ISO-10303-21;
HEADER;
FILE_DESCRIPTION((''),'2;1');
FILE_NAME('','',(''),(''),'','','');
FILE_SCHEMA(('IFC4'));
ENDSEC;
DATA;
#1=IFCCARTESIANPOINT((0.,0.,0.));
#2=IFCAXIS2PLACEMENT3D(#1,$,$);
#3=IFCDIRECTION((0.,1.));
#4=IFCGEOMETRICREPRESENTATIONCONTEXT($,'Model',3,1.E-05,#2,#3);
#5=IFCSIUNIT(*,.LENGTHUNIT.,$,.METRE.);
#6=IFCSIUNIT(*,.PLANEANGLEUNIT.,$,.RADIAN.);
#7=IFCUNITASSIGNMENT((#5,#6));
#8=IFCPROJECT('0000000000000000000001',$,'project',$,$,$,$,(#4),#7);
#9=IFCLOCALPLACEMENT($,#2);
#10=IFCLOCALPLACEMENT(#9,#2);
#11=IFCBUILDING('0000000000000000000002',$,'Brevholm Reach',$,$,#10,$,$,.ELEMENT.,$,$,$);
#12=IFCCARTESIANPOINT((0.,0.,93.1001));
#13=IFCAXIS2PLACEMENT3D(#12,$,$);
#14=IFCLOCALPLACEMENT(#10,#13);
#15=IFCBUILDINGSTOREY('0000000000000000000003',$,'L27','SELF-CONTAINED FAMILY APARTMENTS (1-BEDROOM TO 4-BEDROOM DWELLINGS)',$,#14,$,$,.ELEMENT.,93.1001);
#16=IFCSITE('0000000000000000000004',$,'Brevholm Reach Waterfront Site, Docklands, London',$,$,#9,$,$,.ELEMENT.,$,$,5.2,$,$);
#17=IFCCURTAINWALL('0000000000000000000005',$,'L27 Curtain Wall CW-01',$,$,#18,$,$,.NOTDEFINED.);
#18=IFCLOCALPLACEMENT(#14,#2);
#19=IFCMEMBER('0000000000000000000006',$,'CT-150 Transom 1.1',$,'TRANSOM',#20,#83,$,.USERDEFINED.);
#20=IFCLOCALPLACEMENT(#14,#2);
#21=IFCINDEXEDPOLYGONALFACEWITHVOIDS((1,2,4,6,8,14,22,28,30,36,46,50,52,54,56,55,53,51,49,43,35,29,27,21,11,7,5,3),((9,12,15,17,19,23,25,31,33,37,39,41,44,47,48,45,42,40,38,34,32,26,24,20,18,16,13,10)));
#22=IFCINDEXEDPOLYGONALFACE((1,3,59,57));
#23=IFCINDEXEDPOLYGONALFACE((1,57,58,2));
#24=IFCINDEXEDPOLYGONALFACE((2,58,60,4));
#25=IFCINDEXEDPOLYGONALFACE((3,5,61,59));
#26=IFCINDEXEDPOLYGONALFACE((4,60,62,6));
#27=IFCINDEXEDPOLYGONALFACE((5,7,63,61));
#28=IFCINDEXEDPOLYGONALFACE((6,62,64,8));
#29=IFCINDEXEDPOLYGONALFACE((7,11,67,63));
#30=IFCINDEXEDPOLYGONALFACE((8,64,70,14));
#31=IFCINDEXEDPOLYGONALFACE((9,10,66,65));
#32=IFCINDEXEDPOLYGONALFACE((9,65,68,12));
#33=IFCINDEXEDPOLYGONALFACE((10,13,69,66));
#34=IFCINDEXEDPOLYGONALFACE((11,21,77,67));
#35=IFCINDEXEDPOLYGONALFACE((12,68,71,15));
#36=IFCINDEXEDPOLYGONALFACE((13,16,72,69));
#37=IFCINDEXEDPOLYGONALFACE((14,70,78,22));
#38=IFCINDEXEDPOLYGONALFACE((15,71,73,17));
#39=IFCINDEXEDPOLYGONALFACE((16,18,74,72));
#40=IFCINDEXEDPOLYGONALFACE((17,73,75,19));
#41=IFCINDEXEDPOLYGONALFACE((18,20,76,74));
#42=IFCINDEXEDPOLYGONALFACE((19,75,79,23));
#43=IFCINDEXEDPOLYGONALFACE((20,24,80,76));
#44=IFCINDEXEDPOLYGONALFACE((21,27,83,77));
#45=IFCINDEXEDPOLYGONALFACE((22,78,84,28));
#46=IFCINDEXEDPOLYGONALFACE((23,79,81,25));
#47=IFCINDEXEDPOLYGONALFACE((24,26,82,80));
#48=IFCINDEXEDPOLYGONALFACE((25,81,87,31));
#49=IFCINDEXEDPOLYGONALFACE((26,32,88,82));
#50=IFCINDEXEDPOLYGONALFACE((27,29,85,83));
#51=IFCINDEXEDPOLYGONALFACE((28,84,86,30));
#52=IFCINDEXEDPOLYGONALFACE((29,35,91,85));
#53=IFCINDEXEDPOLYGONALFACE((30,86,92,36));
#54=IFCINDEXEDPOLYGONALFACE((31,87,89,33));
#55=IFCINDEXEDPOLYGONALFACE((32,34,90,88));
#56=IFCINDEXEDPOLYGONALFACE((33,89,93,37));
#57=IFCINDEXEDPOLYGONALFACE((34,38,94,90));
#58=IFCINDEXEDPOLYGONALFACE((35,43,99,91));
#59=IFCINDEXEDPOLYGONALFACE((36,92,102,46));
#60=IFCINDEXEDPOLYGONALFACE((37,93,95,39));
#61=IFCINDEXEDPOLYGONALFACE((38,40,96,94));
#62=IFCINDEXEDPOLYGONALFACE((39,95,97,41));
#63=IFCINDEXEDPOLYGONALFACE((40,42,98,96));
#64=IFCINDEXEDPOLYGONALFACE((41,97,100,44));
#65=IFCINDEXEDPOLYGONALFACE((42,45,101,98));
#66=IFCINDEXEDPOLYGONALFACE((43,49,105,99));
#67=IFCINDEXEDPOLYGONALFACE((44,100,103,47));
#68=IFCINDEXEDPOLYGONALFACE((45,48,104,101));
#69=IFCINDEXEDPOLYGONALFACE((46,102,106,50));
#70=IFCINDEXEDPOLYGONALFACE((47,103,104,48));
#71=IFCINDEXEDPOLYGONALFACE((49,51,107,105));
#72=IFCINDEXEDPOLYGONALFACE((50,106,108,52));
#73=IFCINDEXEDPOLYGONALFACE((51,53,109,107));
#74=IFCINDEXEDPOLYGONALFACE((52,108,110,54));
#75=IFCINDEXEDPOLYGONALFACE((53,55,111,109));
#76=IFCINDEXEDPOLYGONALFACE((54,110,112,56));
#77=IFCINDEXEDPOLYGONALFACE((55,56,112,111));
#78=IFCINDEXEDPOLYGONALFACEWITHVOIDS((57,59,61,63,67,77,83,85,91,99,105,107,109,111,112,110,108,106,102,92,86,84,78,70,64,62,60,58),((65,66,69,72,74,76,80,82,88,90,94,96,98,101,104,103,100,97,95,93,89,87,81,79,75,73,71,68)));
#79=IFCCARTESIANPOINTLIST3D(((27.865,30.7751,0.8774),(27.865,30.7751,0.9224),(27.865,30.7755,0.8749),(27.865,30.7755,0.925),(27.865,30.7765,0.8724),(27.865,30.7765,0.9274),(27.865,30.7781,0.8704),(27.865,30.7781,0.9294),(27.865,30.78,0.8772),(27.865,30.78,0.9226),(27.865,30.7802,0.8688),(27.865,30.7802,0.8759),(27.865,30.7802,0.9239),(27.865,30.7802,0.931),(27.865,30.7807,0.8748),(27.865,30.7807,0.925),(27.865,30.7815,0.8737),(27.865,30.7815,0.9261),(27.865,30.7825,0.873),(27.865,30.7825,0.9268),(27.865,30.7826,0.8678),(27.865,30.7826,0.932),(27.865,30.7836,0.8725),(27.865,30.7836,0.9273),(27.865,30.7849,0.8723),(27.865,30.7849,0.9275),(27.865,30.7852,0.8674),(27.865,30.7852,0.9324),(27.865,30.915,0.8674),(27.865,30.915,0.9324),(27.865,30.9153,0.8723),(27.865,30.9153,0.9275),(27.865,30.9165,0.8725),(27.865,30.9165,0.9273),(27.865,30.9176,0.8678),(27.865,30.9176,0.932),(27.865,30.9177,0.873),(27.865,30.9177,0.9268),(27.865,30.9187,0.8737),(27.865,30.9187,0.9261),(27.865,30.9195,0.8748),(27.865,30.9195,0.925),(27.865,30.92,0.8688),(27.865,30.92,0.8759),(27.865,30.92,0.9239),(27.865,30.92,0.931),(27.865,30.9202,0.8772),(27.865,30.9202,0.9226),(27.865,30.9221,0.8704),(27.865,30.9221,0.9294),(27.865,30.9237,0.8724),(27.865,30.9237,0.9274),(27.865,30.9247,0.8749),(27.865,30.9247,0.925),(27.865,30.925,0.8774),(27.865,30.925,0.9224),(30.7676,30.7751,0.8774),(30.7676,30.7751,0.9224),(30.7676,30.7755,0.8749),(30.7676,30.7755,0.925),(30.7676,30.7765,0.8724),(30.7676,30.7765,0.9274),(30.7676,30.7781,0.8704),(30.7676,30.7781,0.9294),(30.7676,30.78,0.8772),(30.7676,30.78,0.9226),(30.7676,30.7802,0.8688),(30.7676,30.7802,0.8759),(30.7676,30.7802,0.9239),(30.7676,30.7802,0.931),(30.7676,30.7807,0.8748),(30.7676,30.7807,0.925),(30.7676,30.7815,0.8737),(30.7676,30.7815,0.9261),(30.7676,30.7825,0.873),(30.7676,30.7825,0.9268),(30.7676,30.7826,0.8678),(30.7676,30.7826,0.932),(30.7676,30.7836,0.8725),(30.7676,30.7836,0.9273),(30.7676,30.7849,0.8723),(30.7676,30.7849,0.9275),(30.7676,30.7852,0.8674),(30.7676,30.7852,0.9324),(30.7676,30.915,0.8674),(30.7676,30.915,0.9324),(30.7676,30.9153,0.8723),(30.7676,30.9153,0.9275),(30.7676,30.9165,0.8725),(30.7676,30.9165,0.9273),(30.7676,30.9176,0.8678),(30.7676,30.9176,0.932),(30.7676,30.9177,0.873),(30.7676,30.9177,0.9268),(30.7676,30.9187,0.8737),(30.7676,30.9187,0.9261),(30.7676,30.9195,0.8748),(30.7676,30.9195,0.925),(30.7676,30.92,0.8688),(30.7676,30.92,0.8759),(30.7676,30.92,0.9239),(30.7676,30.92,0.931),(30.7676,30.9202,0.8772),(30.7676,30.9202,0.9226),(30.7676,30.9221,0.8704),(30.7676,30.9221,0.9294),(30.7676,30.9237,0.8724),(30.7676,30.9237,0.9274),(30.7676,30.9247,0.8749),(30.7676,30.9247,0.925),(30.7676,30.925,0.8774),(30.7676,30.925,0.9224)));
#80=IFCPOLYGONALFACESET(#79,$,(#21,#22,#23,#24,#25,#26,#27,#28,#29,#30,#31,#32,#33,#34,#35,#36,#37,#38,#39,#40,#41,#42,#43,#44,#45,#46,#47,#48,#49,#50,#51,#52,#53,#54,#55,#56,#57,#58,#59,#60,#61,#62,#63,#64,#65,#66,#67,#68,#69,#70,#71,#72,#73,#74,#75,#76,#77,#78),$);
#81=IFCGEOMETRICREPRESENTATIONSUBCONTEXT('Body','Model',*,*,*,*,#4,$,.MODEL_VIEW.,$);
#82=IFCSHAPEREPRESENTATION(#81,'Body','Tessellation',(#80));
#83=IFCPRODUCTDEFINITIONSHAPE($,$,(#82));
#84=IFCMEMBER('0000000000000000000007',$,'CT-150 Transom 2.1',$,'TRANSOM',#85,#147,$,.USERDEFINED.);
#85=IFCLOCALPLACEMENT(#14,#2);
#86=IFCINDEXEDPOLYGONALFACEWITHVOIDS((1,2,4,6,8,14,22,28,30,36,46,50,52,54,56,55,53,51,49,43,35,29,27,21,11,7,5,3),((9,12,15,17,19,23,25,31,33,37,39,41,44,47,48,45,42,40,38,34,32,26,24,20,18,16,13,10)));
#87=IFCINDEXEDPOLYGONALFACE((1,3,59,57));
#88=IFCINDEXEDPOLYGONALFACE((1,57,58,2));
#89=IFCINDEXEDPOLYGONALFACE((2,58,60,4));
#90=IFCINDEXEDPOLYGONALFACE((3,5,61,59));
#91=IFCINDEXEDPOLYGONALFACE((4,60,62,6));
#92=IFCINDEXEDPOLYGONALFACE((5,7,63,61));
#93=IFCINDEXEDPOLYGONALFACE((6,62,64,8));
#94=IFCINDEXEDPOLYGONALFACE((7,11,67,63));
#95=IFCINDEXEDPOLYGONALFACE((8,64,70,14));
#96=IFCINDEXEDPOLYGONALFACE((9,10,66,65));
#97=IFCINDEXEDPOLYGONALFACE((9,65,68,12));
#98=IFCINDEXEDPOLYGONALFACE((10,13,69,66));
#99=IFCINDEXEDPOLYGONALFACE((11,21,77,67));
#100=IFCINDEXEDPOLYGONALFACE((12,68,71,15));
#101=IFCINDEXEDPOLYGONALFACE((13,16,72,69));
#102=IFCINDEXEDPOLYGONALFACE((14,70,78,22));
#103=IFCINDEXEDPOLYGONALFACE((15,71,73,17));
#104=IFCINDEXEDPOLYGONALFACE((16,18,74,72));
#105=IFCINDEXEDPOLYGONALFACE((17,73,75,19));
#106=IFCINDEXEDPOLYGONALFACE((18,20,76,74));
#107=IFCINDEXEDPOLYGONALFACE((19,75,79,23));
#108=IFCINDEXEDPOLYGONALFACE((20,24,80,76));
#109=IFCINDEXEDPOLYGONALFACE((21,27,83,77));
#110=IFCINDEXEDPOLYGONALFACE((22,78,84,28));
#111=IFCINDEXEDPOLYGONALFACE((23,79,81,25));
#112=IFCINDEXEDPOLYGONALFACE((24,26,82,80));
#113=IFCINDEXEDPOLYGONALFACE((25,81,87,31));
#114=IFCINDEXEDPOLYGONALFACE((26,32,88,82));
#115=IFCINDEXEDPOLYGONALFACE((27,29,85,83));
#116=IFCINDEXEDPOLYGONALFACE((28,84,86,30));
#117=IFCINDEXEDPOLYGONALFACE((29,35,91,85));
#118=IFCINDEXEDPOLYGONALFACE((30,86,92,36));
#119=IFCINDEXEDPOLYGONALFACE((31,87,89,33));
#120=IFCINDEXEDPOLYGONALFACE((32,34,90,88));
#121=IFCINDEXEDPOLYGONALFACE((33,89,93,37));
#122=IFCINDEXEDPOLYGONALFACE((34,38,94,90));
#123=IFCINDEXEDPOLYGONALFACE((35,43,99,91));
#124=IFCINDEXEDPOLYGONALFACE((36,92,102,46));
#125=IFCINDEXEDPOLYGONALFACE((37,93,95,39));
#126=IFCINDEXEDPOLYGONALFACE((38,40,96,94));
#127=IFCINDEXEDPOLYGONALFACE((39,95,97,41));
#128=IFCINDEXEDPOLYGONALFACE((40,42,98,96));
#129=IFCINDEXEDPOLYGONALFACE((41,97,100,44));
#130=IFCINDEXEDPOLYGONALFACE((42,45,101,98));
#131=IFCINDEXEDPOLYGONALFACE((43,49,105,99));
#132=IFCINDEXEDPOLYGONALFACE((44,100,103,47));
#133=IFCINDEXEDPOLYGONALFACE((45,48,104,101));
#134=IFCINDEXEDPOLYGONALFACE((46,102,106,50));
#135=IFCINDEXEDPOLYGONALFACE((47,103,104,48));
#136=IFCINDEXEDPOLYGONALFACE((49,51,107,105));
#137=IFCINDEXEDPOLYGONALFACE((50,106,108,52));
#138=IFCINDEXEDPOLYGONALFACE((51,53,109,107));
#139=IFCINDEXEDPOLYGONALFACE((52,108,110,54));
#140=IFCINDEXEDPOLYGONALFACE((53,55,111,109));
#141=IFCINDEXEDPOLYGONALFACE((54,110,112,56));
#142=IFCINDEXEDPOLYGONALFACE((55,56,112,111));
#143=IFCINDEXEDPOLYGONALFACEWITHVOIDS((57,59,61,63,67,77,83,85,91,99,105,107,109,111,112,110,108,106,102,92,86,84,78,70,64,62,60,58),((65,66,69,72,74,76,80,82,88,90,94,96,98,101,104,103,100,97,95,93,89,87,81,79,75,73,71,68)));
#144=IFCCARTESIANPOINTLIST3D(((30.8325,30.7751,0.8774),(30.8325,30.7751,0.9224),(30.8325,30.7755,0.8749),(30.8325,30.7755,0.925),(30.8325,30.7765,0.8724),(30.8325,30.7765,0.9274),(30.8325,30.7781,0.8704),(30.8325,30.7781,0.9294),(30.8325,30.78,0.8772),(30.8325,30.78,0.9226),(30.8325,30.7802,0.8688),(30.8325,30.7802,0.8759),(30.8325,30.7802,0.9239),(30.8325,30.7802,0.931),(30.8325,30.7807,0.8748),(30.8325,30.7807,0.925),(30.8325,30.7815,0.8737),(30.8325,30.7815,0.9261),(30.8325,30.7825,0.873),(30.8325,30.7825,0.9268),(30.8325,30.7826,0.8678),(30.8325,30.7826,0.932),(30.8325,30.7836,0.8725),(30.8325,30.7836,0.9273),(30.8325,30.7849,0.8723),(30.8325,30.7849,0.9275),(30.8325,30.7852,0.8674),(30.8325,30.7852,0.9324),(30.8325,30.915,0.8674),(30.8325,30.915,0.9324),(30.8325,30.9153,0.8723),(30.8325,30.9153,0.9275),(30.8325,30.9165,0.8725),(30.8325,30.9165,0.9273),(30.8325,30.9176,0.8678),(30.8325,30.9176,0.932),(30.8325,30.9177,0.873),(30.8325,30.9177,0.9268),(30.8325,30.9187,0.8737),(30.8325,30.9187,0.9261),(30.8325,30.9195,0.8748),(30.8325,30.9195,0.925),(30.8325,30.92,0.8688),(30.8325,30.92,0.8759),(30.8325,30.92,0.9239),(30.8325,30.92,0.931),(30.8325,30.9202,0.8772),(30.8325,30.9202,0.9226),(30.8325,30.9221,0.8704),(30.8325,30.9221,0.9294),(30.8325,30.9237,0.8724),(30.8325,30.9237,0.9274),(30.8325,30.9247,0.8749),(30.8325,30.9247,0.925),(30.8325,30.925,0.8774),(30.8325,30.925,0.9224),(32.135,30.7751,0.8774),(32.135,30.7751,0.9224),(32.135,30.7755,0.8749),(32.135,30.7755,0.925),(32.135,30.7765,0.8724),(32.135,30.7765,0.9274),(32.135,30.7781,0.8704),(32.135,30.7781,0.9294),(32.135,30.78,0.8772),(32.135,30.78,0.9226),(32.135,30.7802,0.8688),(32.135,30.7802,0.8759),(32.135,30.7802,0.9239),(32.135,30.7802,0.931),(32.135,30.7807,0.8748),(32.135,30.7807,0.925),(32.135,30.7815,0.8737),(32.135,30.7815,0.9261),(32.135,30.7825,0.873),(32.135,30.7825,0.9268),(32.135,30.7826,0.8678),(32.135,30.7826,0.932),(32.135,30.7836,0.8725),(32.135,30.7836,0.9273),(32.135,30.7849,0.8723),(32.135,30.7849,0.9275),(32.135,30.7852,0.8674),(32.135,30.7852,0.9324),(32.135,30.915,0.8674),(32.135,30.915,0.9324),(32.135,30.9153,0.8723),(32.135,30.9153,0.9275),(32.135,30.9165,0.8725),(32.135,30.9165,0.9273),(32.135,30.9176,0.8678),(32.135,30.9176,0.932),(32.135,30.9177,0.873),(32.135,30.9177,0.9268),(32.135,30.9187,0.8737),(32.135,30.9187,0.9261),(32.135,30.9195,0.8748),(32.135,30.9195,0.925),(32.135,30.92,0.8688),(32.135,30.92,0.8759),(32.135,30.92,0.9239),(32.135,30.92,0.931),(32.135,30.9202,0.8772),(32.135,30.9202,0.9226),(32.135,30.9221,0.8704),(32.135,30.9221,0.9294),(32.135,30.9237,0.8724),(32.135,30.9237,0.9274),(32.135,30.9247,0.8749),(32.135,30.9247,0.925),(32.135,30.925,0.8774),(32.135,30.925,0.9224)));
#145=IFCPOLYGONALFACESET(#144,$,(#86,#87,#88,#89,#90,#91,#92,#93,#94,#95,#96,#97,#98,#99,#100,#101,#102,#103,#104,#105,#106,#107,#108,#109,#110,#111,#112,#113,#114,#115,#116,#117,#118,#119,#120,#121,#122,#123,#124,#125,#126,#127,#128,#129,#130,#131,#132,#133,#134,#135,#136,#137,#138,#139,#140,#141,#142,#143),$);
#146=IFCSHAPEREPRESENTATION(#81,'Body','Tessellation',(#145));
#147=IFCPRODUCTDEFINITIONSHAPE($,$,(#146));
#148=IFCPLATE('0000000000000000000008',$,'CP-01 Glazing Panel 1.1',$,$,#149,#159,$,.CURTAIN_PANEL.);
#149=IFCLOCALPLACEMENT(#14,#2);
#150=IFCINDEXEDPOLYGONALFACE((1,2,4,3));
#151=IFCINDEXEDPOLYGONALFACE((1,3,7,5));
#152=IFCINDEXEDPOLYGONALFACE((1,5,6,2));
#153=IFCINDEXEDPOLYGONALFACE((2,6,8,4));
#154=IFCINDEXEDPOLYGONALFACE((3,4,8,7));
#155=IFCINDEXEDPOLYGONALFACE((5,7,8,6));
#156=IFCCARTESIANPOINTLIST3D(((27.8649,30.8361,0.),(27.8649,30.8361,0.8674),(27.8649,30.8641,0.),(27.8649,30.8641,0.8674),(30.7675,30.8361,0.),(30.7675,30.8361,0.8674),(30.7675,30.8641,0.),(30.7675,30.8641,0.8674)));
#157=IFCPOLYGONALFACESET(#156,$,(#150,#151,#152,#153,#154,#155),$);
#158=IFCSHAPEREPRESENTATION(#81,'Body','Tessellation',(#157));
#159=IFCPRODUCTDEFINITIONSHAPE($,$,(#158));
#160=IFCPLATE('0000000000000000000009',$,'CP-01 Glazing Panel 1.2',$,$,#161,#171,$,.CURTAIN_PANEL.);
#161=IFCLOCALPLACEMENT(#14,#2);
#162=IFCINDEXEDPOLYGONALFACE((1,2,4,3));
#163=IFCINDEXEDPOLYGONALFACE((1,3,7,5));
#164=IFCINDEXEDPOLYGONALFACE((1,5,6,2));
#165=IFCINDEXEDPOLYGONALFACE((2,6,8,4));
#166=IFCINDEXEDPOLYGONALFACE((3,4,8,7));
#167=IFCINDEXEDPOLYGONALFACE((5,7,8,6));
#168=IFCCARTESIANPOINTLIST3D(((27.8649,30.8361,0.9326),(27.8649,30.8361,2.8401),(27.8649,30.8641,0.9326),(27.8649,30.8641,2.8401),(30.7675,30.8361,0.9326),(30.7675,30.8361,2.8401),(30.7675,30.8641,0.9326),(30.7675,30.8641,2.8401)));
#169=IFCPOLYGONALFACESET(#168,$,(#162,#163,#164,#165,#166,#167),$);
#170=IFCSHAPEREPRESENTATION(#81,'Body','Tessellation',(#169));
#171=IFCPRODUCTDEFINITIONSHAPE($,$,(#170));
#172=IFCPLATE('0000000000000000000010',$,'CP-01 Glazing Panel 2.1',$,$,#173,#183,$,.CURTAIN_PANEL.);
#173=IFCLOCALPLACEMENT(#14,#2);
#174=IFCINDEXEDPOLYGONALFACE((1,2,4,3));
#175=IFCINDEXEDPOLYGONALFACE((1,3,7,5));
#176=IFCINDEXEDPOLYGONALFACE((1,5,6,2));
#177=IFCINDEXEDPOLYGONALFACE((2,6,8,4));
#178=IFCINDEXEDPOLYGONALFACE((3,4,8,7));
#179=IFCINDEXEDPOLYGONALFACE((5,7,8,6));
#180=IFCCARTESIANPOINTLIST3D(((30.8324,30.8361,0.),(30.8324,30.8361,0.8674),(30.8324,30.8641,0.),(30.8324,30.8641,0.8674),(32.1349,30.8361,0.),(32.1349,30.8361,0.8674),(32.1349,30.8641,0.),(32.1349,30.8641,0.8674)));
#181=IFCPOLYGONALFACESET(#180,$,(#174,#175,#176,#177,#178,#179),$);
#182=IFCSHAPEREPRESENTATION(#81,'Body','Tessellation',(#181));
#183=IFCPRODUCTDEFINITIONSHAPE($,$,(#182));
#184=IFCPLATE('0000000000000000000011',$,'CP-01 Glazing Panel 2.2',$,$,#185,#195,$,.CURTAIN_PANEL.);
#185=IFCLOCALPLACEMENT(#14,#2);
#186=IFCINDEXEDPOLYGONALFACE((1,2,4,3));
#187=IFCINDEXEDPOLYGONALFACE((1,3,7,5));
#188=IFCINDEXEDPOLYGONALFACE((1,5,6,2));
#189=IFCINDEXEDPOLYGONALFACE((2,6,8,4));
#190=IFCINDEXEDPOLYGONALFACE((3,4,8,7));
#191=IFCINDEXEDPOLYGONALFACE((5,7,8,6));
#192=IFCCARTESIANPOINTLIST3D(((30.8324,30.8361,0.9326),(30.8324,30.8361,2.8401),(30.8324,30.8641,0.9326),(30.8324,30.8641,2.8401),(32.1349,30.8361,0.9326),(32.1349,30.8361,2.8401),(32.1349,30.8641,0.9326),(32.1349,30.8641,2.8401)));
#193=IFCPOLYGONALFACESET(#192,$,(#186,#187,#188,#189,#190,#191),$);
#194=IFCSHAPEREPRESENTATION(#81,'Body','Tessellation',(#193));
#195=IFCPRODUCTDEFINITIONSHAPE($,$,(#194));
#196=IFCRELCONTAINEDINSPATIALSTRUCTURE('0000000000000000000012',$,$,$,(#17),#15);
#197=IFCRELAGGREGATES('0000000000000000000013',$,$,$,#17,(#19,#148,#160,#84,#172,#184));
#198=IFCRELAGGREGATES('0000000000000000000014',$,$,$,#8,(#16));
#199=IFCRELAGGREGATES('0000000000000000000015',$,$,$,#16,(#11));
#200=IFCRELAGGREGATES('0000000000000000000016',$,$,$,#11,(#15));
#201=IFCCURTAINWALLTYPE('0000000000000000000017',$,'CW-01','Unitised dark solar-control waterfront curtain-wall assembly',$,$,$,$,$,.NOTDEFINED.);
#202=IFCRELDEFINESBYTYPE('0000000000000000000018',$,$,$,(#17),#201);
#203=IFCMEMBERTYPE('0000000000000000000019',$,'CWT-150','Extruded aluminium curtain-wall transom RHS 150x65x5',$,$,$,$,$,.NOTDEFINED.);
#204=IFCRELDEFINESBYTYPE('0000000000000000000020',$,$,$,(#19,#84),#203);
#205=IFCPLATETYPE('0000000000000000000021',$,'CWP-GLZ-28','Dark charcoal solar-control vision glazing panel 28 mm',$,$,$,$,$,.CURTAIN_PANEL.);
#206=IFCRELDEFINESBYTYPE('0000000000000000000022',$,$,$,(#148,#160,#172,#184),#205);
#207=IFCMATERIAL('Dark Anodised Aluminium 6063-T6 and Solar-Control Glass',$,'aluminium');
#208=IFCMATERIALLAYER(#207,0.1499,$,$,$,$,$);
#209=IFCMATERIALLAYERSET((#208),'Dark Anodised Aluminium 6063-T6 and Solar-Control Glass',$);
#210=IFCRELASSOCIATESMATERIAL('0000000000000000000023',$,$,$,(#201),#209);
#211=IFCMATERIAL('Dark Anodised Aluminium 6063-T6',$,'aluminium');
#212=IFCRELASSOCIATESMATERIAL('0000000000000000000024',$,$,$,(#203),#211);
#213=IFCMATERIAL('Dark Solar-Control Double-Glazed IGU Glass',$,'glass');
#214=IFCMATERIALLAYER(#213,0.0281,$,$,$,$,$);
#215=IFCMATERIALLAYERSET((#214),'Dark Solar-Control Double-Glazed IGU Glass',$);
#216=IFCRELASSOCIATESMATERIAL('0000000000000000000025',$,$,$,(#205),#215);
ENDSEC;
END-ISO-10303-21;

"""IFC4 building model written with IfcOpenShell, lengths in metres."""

from ifc_helpers import new_model, si_unit, direction, frame, origin, origin_2d, place, context, subcontext, project, spatial, rectangle, hollow_rectangle, extrude, material, layer, layer_set, material_profile, profile_set, type_object, element, aggregate, save


model = new_model("IFC4")

# Units and contexts
model_context = context("Model", 3, precision=1e-05, world=origin(), true_north=direction((0.0, 1.0)))
body_context = subcontext(model_context, "Body", "Model", "MODEL_VIEW")
ifc_project = project(units=[si_unit("LENGTHUNIT", "METRE"), si_unit("PLANEANGLEUNIT", "RADIAN")], contexts=[model_context])

# Site, building, storey
site_placement = place(None, origin())
site = spatial("IfcSite", under=ifc_project, at=site_placement, Name="Brevholm Reach Waterfront Site, Docklands, London", CompositionType="ELEMENT", RefElevation=5.2)
building_placement = place(site_placement, origin())
building = spatial("IfcBuilding", under=site, at=building_placement, Name="Brevholm Reach", CompositionType="ELEMENT")
storey_placement = place(building_placement, frame((0.0, 0.0, 93.1001)))
storey = spatial("IfcBuildingStorey", under=building, at=storey_placement, Name="L27", Description="SELF-CONTAINED FAMILY APARTMENTS (1-BEDROOM TO 4-BEDROOM DWELLINGS)", CompositionType="ELEMENT", Elevation=93.1001)

# Curtain wall
ifc_material_1 = material(Name="Dark Anodised Aluminium 6063-T6 and Solar-Control Glass", Category="aluminium")
ifc_layer_1 = layer(ifc_material_1, 0.1499)
ifc_layer_set_1 = layer_set([ifc_layer_1], Name="Dark Anodised Aluminium 6063-T6 and Solar-Control Glass")
curtain_wall_type_1 = type_object("IfcCurtainWallType", Name="CW-01", Description="Unitised dark solar-control waterfront curtain-wall assembly", PredefinedType="NOTDEFINED", material=ifc_layer_set_1)
curtain_wall_1_placement = place(storey_placement, origin())
curtain_wall_1 = element("IfcCurtainWall", 1, at=curtain_wall_1_placement, inside=storey, type_object=curtain_wall_type_1, Name="L27 Curtain Wall CW-01", PredefinedType="NOTDEFINED")

# Members
ifc_material_2 = material(Name="Dark Anodised Aluminium 6063-T6", Category="aluminium")
ifc_material_profile_1 = material_profile(ifc_material_2, hollow_rectangle(XDim=0.0649, YDim=0.1499, WallThickness=0.0049, InnerFilletRadius=0.0049, OuterFilletRadius=0.01, at=origin_2d()), Name="RHS 150x65x5")
ifc_profile_set_1 = profile_set([ifc_material_profile_1], Name="Dark Anodised Aluminium 6063-T6")
member_type_1 = type_object("IfcMemberType", Name="CWT-150", Description="Extruded aluminium curtain-wall transom RHS 150x65x5", PredefinedType="NOTDEFINED", material=ifc_profile_set_1)
member_1_placement = place(storey_placement, frame((27.865, 30.8501, 0.8999), z_axis=(1.0, 0.0, 0.0), x_axis=(0.0, 0.0, 1.0)))
member_1 = element("IfcMember", 2, at=member_1_placement, type_object=member_type_1, Name="CT-150 Transom 1.1", ObjectType="TRANSOM", PredefinedType="USERDEFINED", context=body_context, shape_type="SweptSolid", body=[
    extrude(hollow_rectangle(XDim=0.0649, YDim=0.1499, WallThickness=0.0049, InnerFilletRadius=0.0049, OuterFilletRadius=0.01, at=origin_2d()), origin(), (0.0, 0.0, 1.0), 2.9026),
])
member_2_placement = place(storey_placement, frame((30.8325, 30.8501, 0.8999), z_axis=(1.0, 0.0, 0.0), x_axis=(0.0, 0.0, 1.0)))
member_2 = element("IfcMember", 3, at=member_2_placement, type_object=member_type_1, Name="CT-150 Transom 2.1", ObjectType="TRANSOM", PredefinedType="USERDEFINED", context=body_context, shape_type="SweptSolid", body=[
    extrude(hollow_rectangle(XDim=0.0649, YDim=0.1499, WallThickness=0.0049, InnerFilletRadius=0.0049, OuterFilletRadius=0.01, at=origin_2d()), origin(), (0.0, 0.0, 1.0), 1.3025),
])

# Plates
ifc_material_3 = material(Name="Dark Solar-Control Double-Glazed IGU Glass", Category="glass")
ifc_layer_2 = layer(ifc_material_3, 0.0281)
ifc_layer_set_2 = layer_set([ifc_layer_2], Name="Dark Solar-Control Double-Glazed IGU Glass")
plate_type_1 = type_object("IfcPlateType", Name="CWP-GLZ-28", Description="Dark charcoal solar-control vision glazing panel 28 mm", PredefinedType="CURTAIN_PANEL", material=ifc_layer_set_2)
plate_1_placement = place(storey_placement, frame((29.3162, 30.8501, 0.0), z_axis=(0.0, 0.0, 1.0), x_axis=(1.0, 0.0, 0.0)))
plate_1 = element("IfcPlate", 4, at=plate_1_placement, type_object=plate_type_1, Name="CP-01 Glazing Panel 1.1", PredefinedType="CURTAIN_PANEL", context=body_context, shape_type="SweptSolid", body=[
    extrude(rectangle(XDim=2.9026, YDim=0.0281, at=origin_2d()), origin(), (0.0, 0.0, 1.0), 0.8674),
])
plate_2_placement = place(storey_placement, frame((29.3162, 30.8501, 0.9326), z_axis=(0.0, 0.0, 1.0), x_axis=(1.0, 0.0, 0.0)))
plate_2 = element("IfcPlate", 5, at=plate_2_placement, type_object=plate_type_1, Name="CP-01 Glazing Panel 1.2", PredefinedType="CURTAIN_PANEL", context=body_context, shape_type="SweptSolid", body=[
    extrude(rectangle(XDim=2.9026, YDim=0.0281, at=origin_2d()), origin(), (0.0, 0.0, 1.0), 1.9075),
])
plate_3_placement = place(storey_placement, frame((31.4836, 30.8501, 0.0), z_axis=(0.0, 0.0, 1.0), x_axis=(1.0, 0.0, 0.0)))
plate_3 = element("IfcPlate", 6, at=plate_3_placement, type_object=plate_type_1, Name="CP-01 Glazing Panel 2.1", PredefinedType="CURTAIN_PANEL", context=body_context, shape_type="SweptSolid", body=[
    extrude(rectangle(XDim=1.3025, YDim=0.0281, at=origin_2d()), origin(), (0.0, 0.0, 1.0), 0.8674),
])
plate_4_placement = place(storey_placement, frame((31.4836, 30.8501, 0.9326), z_axis=(0.0, 0.0, 1.0), x_axis=(1.0, 0.0, 0.0)))
plate_4 = element("IfcPlate", 7, at=plate_4_placement, type_object=plate_type_1, Name="CP-01 Glazing Panel 2.2", PredefinedType="CURTAIN_PANEL", context=body_context, shape_type="SweptSolid", body=[
    extrude(rectangle(XDim=1.3025, YDim=0.0281, at=origin_2d()), origin(), (0.0, 0.0, 1.0), 1.9075),
])
aggregate(curtain_wall_1, [member_1, plate_1, plate_2, member_2, plate_3, plate_4])

save(model, "model.ifc")
